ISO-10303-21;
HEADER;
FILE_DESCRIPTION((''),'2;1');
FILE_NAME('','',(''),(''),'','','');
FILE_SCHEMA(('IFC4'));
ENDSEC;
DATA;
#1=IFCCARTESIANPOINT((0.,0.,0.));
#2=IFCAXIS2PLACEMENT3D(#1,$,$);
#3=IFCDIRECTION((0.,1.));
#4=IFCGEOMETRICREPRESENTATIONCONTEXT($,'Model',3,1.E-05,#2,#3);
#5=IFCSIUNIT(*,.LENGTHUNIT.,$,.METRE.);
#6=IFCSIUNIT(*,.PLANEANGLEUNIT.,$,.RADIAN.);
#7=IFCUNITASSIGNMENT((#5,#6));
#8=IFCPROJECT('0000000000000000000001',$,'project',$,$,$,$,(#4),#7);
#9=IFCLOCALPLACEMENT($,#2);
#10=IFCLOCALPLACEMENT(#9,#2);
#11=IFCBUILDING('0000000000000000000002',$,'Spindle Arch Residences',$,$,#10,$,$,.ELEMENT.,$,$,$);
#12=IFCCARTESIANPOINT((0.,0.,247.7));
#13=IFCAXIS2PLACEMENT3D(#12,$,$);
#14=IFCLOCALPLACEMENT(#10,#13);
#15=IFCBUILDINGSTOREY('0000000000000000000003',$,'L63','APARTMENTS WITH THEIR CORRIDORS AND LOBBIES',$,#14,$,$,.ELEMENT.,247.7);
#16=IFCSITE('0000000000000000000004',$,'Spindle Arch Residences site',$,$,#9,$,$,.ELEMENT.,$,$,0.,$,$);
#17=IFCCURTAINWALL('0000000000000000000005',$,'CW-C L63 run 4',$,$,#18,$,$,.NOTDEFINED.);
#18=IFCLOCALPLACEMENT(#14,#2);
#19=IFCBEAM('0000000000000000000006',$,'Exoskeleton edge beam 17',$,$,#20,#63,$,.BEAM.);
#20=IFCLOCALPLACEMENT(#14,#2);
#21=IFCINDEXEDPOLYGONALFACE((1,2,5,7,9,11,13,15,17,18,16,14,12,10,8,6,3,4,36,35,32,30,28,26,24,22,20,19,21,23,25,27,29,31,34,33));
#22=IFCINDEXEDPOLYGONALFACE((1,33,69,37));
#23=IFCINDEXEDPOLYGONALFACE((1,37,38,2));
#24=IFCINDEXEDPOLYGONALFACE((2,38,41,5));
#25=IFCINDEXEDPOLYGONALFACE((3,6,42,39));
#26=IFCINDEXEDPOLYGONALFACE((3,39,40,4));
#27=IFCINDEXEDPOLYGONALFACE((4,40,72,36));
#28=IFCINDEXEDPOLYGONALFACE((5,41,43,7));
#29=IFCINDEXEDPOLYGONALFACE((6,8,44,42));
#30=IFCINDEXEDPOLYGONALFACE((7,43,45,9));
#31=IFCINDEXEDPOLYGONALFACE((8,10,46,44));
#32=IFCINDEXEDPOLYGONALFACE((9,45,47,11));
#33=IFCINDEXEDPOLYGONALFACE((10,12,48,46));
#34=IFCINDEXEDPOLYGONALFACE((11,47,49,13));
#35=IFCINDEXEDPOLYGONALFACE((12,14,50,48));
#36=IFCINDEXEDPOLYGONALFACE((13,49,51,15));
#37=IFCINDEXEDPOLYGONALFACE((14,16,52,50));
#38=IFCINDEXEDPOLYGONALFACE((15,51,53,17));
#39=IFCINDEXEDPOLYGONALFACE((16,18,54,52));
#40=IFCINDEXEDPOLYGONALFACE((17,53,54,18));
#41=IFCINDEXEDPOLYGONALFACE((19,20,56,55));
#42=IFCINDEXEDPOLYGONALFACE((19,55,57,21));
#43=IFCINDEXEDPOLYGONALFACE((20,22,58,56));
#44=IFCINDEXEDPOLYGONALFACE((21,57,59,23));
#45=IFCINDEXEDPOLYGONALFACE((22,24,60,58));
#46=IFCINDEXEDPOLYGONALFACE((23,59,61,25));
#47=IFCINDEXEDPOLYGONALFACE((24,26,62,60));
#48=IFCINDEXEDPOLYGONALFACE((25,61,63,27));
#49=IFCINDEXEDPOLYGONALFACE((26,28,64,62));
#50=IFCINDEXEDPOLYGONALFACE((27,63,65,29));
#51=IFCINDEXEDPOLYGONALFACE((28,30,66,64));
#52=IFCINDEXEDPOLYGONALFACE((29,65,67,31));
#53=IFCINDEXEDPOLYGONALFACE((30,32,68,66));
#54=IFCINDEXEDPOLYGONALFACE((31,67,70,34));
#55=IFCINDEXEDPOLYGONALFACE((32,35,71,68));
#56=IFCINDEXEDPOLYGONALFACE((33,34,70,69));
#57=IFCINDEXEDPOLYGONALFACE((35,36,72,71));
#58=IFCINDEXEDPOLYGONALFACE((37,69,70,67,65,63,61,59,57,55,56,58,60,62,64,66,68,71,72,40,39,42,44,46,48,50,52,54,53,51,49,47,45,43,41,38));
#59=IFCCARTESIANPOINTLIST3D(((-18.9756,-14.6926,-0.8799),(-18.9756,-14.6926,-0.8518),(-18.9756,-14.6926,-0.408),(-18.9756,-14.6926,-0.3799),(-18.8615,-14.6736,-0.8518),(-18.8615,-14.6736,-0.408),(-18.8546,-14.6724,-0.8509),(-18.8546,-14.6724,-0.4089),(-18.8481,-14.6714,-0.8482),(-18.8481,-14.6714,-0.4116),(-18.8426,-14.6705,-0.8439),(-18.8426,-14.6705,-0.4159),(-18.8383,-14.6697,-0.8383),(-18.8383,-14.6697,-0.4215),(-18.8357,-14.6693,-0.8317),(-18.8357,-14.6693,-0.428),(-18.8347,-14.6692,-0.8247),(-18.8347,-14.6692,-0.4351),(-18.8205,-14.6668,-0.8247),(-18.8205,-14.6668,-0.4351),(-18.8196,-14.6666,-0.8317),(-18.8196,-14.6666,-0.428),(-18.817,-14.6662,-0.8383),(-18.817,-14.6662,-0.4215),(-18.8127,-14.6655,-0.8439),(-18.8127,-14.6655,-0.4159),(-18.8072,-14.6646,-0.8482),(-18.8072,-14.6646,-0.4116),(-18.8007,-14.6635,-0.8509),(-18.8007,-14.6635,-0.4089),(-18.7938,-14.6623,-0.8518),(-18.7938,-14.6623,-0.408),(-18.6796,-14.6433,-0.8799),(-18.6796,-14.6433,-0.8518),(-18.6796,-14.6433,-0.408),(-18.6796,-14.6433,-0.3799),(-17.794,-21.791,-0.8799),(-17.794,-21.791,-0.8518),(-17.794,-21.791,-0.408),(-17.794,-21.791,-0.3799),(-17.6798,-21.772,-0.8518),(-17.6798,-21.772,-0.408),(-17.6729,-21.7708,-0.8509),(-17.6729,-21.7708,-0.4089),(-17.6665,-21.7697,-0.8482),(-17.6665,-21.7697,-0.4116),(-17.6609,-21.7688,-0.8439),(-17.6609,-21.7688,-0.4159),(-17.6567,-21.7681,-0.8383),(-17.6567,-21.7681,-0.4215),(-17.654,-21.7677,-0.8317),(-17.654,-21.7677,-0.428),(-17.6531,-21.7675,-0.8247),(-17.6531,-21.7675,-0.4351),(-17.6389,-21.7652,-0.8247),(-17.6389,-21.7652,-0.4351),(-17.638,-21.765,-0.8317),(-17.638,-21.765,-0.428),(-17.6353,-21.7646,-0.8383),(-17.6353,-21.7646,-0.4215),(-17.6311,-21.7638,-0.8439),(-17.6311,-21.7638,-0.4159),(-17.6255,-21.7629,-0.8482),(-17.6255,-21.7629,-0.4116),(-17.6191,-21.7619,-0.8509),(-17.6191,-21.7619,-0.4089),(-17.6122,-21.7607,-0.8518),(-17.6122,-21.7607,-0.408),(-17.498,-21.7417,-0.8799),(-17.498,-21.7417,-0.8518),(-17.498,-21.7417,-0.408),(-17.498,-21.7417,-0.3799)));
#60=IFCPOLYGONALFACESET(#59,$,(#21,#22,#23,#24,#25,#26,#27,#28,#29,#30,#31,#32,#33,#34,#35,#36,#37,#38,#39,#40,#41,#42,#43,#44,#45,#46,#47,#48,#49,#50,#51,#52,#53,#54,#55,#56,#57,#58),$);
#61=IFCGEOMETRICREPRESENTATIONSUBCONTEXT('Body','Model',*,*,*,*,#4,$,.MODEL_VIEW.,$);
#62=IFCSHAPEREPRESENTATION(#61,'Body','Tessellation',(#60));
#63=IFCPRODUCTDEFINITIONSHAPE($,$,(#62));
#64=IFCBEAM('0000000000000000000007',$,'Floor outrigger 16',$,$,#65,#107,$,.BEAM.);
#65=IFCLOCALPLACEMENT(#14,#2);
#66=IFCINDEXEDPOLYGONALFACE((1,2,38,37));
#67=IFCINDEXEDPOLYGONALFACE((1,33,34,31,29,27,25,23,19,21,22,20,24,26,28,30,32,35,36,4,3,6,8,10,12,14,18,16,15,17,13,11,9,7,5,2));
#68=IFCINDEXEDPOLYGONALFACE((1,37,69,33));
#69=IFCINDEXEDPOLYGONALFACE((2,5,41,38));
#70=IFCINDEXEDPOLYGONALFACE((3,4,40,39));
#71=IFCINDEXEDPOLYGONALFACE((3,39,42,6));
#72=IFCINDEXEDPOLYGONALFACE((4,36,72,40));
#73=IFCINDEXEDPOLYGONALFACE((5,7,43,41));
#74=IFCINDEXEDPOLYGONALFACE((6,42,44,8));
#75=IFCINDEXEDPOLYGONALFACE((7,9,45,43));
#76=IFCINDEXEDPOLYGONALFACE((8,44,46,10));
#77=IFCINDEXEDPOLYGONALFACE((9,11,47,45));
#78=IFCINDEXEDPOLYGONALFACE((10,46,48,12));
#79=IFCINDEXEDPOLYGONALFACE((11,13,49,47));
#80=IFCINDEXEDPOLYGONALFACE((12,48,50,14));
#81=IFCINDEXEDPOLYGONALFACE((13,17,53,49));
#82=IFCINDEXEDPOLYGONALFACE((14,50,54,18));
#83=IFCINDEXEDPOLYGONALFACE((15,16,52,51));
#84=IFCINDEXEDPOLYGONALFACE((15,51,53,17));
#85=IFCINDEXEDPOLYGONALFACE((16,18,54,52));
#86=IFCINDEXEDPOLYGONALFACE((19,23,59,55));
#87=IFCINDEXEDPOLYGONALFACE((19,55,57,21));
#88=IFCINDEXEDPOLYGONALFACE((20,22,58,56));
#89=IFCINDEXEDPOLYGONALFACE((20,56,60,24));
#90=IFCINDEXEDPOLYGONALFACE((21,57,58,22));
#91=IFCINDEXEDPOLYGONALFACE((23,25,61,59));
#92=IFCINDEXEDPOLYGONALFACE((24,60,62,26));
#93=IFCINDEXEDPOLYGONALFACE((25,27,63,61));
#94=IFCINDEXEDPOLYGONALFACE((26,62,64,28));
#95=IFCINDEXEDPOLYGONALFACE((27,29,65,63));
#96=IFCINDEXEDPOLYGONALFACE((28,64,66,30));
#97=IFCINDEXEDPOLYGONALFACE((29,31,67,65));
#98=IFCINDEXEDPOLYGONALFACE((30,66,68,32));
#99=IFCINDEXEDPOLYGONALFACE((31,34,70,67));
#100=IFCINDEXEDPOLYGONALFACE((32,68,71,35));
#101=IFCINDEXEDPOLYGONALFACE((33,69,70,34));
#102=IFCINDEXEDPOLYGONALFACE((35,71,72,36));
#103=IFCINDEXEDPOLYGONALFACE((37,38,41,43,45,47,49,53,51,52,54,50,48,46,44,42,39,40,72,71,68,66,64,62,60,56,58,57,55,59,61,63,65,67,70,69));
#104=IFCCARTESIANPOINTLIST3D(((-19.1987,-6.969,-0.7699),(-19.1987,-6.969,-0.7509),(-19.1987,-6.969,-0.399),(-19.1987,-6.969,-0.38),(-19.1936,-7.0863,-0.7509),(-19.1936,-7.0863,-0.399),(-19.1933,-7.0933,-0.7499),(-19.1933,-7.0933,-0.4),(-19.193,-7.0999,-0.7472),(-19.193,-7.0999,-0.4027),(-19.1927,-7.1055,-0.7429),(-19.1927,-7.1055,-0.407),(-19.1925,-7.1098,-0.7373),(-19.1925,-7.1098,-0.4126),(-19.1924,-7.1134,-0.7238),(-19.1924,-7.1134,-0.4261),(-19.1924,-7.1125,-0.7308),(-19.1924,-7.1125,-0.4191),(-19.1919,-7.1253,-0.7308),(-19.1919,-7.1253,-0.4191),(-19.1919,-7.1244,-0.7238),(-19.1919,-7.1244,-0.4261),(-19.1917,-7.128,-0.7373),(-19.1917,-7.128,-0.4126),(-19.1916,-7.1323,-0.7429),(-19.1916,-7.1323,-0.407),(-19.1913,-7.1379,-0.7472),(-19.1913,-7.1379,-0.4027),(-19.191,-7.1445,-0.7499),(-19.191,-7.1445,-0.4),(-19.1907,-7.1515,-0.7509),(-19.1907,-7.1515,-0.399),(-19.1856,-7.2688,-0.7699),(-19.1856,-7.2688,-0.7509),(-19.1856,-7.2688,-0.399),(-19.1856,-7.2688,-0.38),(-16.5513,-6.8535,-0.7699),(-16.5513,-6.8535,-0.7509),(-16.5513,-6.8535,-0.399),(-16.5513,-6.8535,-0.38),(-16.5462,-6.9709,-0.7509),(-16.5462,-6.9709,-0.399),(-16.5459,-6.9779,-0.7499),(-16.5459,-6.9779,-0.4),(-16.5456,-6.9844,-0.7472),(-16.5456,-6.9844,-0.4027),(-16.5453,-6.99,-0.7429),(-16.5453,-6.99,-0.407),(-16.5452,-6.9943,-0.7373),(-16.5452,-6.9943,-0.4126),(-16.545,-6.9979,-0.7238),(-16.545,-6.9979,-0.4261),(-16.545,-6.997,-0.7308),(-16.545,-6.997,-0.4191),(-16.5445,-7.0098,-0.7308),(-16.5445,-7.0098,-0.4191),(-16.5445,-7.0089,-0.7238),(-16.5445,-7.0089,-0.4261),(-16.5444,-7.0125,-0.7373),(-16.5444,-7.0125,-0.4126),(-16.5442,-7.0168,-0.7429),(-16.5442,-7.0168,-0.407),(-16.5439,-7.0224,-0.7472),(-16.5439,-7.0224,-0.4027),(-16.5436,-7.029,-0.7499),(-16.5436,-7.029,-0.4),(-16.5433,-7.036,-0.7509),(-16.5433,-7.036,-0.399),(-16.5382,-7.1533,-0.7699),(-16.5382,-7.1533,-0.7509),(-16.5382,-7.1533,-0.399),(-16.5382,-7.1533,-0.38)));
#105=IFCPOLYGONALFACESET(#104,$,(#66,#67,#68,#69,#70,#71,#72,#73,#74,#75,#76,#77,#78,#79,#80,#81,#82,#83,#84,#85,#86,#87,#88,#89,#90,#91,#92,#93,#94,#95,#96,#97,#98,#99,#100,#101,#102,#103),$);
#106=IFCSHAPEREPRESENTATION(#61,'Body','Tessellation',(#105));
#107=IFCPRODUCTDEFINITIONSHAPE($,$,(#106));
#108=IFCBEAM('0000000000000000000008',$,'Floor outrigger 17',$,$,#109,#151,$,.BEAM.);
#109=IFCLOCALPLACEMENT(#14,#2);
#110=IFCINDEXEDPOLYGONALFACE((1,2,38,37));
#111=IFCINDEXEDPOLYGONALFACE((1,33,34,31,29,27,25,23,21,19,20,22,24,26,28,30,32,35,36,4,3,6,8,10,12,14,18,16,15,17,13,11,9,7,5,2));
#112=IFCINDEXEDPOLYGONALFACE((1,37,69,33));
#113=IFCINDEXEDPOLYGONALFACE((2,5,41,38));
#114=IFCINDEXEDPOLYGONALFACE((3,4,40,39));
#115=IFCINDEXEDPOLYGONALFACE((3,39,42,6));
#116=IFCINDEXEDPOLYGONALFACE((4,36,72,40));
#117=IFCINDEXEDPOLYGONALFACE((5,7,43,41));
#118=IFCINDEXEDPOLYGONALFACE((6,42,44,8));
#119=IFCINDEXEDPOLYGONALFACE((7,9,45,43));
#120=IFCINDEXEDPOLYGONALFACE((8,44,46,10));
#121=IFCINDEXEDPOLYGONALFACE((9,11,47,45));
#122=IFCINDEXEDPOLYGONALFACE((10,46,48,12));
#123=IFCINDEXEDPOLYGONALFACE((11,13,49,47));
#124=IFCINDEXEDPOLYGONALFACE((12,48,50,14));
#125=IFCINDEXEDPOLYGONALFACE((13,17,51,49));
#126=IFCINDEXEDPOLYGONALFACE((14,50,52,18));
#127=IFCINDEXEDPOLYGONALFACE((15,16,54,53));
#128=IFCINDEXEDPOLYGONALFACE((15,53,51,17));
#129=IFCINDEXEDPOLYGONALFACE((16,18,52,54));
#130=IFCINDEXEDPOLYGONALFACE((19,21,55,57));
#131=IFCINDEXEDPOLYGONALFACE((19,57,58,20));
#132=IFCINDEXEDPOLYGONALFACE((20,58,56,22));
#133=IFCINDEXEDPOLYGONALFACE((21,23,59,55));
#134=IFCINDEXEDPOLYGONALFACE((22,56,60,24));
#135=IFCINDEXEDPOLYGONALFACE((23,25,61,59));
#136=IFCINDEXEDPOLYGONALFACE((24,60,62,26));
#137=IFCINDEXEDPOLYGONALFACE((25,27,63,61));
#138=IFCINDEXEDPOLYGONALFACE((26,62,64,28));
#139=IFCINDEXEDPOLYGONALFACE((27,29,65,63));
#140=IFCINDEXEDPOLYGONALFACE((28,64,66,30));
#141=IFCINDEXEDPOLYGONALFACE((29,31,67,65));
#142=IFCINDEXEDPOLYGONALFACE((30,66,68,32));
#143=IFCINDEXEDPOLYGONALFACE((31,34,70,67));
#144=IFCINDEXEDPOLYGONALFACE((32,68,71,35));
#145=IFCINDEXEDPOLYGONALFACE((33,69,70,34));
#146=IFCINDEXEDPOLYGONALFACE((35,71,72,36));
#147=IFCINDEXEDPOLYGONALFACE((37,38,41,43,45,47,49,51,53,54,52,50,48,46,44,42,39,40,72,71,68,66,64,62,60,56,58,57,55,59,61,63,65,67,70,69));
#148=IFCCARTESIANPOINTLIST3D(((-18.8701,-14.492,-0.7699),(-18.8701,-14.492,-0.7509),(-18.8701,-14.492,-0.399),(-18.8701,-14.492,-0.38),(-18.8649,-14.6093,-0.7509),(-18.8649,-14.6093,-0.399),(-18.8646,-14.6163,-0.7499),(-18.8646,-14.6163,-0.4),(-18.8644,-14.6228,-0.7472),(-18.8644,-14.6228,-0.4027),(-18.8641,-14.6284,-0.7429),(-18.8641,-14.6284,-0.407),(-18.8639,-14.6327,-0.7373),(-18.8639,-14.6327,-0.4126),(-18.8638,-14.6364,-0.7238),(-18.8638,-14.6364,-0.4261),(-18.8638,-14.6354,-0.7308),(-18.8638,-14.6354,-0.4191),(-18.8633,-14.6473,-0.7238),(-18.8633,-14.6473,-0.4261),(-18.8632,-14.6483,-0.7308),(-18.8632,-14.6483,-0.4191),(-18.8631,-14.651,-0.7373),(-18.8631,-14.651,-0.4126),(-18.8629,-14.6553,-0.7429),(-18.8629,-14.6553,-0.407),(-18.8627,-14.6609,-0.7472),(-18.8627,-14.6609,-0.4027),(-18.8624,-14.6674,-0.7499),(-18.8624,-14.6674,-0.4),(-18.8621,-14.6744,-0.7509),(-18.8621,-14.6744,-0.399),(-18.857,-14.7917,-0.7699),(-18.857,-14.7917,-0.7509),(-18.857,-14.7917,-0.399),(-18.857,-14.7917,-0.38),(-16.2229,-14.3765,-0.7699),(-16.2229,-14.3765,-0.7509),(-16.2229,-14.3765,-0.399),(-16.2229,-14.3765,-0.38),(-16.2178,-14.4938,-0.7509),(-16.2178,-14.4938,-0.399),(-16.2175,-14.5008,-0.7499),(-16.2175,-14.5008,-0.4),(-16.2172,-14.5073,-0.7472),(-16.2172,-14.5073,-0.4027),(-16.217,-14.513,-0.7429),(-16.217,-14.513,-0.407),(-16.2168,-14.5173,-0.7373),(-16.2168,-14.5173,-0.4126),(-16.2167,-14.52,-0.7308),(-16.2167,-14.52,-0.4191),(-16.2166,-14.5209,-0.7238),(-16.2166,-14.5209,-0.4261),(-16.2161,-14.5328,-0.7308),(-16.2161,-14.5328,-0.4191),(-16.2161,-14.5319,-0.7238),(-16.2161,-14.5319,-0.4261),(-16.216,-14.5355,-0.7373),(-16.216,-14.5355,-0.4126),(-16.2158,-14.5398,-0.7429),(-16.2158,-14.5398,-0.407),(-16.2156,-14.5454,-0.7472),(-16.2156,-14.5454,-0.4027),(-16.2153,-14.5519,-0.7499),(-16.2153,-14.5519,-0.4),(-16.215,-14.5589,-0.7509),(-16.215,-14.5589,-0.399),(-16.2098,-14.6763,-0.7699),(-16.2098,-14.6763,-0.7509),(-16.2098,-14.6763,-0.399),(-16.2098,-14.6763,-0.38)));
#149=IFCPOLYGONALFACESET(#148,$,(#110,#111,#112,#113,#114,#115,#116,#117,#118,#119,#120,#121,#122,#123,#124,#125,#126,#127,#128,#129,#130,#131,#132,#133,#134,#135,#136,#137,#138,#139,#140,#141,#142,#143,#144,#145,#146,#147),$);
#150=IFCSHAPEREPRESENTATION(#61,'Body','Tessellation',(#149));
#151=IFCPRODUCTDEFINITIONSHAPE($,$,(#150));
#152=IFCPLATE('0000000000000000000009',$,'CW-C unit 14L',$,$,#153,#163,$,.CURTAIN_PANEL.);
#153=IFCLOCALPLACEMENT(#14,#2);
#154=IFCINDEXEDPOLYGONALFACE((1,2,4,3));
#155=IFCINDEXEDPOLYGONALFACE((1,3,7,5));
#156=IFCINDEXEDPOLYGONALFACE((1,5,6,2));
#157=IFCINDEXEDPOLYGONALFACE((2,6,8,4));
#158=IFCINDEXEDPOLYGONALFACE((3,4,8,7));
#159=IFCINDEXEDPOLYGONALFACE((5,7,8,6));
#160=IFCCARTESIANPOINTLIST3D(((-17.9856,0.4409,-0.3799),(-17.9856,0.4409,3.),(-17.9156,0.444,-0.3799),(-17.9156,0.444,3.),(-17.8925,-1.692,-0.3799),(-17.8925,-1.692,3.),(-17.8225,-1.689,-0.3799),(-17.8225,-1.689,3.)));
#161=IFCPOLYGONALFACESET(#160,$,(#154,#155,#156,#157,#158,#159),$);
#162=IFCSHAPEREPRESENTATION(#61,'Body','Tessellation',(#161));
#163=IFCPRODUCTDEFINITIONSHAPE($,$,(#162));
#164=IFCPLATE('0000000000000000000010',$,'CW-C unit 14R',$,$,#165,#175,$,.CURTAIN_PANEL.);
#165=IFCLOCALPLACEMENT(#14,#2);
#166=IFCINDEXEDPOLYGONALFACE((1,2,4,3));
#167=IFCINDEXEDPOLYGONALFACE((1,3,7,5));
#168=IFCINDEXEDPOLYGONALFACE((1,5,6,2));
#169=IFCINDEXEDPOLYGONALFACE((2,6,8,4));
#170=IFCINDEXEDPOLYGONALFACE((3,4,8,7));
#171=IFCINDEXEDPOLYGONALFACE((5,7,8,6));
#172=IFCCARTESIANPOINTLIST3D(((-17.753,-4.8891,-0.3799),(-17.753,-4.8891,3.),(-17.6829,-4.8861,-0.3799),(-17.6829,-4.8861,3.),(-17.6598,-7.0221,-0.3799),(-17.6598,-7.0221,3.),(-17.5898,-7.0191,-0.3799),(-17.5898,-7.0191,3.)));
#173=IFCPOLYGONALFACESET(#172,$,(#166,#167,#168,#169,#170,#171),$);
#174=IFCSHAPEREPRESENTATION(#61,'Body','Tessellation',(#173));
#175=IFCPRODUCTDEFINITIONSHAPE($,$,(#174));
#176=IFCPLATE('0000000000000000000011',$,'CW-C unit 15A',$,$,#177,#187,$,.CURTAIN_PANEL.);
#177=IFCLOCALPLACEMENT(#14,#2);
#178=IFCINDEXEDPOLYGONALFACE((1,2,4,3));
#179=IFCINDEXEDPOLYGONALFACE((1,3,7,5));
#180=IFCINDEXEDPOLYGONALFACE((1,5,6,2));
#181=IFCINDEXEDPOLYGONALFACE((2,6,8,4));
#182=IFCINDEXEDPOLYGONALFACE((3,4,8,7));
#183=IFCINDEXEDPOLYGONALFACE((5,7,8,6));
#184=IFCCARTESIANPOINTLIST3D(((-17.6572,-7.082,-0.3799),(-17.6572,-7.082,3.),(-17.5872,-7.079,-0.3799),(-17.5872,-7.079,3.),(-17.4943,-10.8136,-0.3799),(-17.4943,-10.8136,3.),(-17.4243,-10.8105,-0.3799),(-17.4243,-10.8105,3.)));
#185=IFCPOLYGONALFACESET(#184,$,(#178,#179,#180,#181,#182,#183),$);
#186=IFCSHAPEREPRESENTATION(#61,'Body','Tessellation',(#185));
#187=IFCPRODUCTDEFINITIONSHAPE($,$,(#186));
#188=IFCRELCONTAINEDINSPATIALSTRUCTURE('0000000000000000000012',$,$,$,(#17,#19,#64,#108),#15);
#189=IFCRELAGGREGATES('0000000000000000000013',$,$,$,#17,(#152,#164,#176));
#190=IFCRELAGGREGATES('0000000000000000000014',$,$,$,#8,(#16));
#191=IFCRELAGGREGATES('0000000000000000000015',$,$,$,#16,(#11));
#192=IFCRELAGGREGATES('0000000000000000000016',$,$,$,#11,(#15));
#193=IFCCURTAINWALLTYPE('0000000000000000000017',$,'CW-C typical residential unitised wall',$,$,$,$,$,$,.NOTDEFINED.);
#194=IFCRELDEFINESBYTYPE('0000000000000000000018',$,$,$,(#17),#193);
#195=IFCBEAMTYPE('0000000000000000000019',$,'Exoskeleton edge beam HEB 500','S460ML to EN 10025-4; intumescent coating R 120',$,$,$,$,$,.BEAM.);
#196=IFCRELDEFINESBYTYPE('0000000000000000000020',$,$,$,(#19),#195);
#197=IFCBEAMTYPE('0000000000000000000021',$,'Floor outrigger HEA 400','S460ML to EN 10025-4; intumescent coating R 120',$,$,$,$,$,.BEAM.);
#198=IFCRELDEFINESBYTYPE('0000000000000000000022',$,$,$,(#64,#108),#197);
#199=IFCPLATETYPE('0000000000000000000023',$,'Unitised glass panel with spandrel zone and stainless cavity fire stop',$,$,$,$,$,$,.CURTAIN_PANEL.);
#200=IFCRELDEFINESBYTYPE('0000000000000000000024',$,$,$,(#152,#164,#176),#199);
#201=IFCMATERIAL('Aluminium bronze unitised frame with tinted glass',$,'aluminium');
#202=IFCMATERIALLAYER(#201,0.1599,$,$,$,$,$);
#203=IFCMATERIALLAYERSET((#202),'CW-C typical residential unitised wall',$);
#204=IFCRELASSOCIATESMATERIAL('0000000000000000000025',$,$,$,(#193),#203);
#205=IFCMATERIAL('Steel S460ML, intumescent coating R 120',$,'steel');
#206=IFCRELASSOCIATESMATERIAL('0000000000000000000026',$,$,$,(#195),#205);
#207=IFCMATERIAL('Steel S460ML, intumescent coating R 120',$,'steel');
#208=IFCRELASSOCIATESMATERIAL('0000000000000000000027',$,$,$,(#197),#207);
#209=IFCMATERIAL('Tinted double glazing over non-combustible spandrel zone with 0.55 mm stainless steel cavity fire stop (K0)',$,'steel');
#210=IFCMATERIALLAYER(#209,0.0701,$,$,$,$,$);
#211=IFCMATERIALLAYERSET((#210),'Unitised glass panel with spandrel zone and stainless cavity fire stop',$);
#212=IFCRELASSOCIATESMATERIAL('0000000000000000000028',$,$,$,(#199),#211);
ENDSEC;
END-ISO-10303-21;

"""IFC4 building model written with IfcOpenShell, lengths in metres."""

from ifc_helpers import new_model, si_unit, direction, frame, origin, origin_2d, place, context, subcontext, project, spatial, rectangle, i_section, extrude, material, layer, layer_set, material_profile, profile_set, type_object, element, aggregate, save


model = new_model("IFC4")

# Units and contexts
model_context = context("Model", 3, precision=1e-05, world=origin(), true_north=direction((0.0, 1.0)))
body_context = subcontext(model_context, "Body", "Model", "MODEL_VIEW")
ifc_project = project(units=[si_unit("LENGTHUNIT", "METRE"), si_unit("PLANEANGLEUNIT", "RADIAN")], contexts=[model_context])

# Site, building, storey
site_placement = place(None, origin())
site = spatial("IfcSite", under=ifc_project, at=site_placement, Name="Spindle Arch Residences site", CompositionType="ELEMENT", RefElevation=0.0)
building_placement = place(site_placement, origin())
building = spatial("IfcBuilding", under=site, at=building_placement, Name="Spindle Arch Residences", CompositionType="ELEMENT")
storey_placement = place(building_placement, frame((0.0, 0.0, 247.7)))
storey = spatial("IfcBuildingStorey", under=building, at=storey_placement, Name="L63", Description="APARTMENTS WITH THEIR CORRIDORS AND LOBBIES", CompositionType="ELEMENT", Elevation=247.7)

# Curtain wall
ifc_material_1 = material(Name="Aluminium bronze unitised frame with tinted glass", Category="aluminium")
ifc_layer_1 = layer(ifc_material_1, 0.1599)
ifc_layer_set_1 = layer_set([ifc_layer_1], Name="CW-C typical residential unitised wall")
curtain_wall_type_1 = type_object("IfcCurtainWallType", Name="CW-C typical residential unitised wall", PredefinedType="NOTDEFINED", material=ifc_layer_set_1)
curtain_wall_1_placement = place(storey_placement, origin())
curtain_wall_1 = element("IfcCurtainWall", 1, at=curtain_wall_1_placement, inside=storey, type_object=curtain_wall_type_1, Name="CW-C L63 run 4", PredefinedType="NOTDEFINED")

# Beams
ifc_material_2 = material(Name="Steel S460ML, intumescent coating R 120", Category="steel")
ifc_material_profile_1 = material_profile(ifc_material_2, i_section(OverallWidth=0.3, OverallDepth=0.5, WebThickness=0.0144, FlangeThickness=0.0281, FilletRadius=0.0271, at=origin_2d()), Name="HEB 500")
ifc_profile_set_1 = profile_set([ifc_material_profile_1], Name="Steel S460ML, intumescent coating R 120")
beam_type_1 = type_object("IfcBeamType", Name="Exoskeleton edge beam HEB 500", Description="S460ML to EN 10025-4; intumescent coating R 120", PredefinedType="BEAM", material=ifc_profile_set_1)
beam_1_placement = place(storey_placement, frame((-18.8276, -14.668, -0.6299), z_axis=(0.164206, -0.986426, 0.0), x_axis=(0.986426, 0.164206, 0.0)))
element("IfcBeam", 2, at=beam_1_placement, inside=storey, type_object=beam_type_1, Name="Exoskeleton edge beam 17", PredefinedType="BEAM", context=body_context, shape_type="SweptSolid", body=[
    extrude(i_section(OverallWidth=0.3, OverallDepth=0.5, WebThickness=0.0144, FlangeThickness=0.0281, FilletRadius=0.0271, at=origin_2d()), origin(), (0.0, 0.0, 1.0), 7.196),
])
ifc_material_3 = material(Name="Steel S460ML, intumescent coating R 120", Category="steel")
ifc_material_profile_2 = material_profile(ifc_material_3, i_section(OverallWidth=0.3, OverallDepth=0.3899, WebThickness=0.011, FlangeThickness=0.019, FilletRadius=0.0271, at=origin_2d()), Name="HEA 400")
ifc_profile_set_2 = profile_set([ifc_material_profile_2], Name="Steel S460ML, intumescent coating R 120")
beam_type_2 = type_object("IfcBeamType", Name="Floor outrigger HEA 400", Description="S460ML to EN 10025-4; intumescent coating R 120", PredefinedType="BEAM", material=ifc_profile_set_2)
beam_2_placement = place(storey_placement, frame((-19.1921, -7.1189, -0.575), z_axis=(0.99905, 0.043577, 0.0), x_axis=(-0.043577, 0.99905, 0.0)))
element("IfcBeam", 3, at=beam_2_placement, inside=storey, type_object=beam_type_2, Name="Floor outrigger 16", PredefinedType="BEAM", context=body_context, shape_type="SweptSolid", body=[
    extrude(i_section(OverallWidth=0.3, OverallDepth=0.3899, WebThickness=0.011, FlangeThickness=0.019, FilletRadius=0.0271, at=origin_2d()), origin(), (0.0, 0.0, 1.0), 2.6499),
])
beam_3_placement = place(storey_placement, frame((-18.8635, -14.6418, -0.575), z_axis=(0.99905, 0.043581, 0.0), x_axis=(-0.043581, 0.99905, 0.0)))
element("IfcBeam", 4, at=beam_3_placement, inside=storey, type_object=beam_type_2, Name="Floor outrigger 17", PredefinedType="BEAM", context=body_context, shape_type="SweptSolid", body=[
    extrude(i_section(OverallWidth=0.3, OverallDepth=0.3899, WebThickness=0.011, FlangeThickness=0.019, FilletRadius=0.0271, at=origin_2d()), origin(), (0.0, 0.0, 1.0), 2.6497),
])

# Plates
ifc_material_4 = material(Name="Tinted double glazing over non-combustible spandrel zone with 0.55 mm stainless steel cavity fire stop (K0)", Category="steel")
ifc_layer_2 = layer(ifc_material_4, 0.0701)
ifc_layer_set_2 = layer_set([ifc_layer_2], Name="Unitised glass panel with spandrel zone and stainless cavity fire stop")
plate_type = type_object("IfcPlateType", Name="Unitised glass panel with spandrel zone and stainless cavity fire stop", PredefinedType="CURTAIN_PANEL", material=ifc_layer_set_2)
plate_1_placement = place(storey_placement, frame((-17.9041, -0.624, -0.3799), z_axis=(0.0, 0.0, 1.0), x_axis=(0.043619, -0.999048, 0.0)))
plate_1 = element("IfcPlate", 5, at=plate_1_placement, type_object=plate_type, Name="CW-C unit 14L", PredefinedType="CURTAIN_PANEL", context=body_context, shape_type="SweptSolid", body=[
    extrude(rectangle(XDim=2.135, YDim=0.0701, at=origin_2d()), origin(), (0.0, 0.0, 1.0), 3.3799),
])
plate_2_placement = place(storey_placement, frame((-17.6714, -5.9541, -0.3799), z_axis=(0.0, 0.0, 1.0), x_axis=(0.043619, -0.999048, 0.0)))
plate_2 = element("IfcPlate", 6, at=plate_2_placement, type_object=plate_type, Name="CW-C unit 14R", PredefinedType="CURTAIN_PANEL", context=body_context, shape_type="SweptSolid", body=[
    extrude(rectangle(XDim=2.135, YDim=0.0701, at=origin_2d()), origin(), (0.0, 0.0, 1.0), 3.3799),
])
plate_3_placement = place(storey_placement, frame((-17.5408, -8.9463, -0.3799), z_axis=(0.0, 0.0, 1.0), x_axis=(0.043619, -0.999048, 0.0)))
plate_3 = element("IfcPlate", 7, at=plate_3_placement, type_object=plate_type, Name="CW-C unit 15A", PredefinedType="CURTAIN_PANEL", context=body_context, shape_type="SweptSolid", body=[
    extrude(rectangle(XDim=3.7351, YDim=0.0701, at=origin_2d()), origin(), (0.0, 0.0, 1.0), 3.3799),
])
aggregate(curtain_wall_1, [plate_1, plate_2, plate_3])

save(model, "model.ifc")
